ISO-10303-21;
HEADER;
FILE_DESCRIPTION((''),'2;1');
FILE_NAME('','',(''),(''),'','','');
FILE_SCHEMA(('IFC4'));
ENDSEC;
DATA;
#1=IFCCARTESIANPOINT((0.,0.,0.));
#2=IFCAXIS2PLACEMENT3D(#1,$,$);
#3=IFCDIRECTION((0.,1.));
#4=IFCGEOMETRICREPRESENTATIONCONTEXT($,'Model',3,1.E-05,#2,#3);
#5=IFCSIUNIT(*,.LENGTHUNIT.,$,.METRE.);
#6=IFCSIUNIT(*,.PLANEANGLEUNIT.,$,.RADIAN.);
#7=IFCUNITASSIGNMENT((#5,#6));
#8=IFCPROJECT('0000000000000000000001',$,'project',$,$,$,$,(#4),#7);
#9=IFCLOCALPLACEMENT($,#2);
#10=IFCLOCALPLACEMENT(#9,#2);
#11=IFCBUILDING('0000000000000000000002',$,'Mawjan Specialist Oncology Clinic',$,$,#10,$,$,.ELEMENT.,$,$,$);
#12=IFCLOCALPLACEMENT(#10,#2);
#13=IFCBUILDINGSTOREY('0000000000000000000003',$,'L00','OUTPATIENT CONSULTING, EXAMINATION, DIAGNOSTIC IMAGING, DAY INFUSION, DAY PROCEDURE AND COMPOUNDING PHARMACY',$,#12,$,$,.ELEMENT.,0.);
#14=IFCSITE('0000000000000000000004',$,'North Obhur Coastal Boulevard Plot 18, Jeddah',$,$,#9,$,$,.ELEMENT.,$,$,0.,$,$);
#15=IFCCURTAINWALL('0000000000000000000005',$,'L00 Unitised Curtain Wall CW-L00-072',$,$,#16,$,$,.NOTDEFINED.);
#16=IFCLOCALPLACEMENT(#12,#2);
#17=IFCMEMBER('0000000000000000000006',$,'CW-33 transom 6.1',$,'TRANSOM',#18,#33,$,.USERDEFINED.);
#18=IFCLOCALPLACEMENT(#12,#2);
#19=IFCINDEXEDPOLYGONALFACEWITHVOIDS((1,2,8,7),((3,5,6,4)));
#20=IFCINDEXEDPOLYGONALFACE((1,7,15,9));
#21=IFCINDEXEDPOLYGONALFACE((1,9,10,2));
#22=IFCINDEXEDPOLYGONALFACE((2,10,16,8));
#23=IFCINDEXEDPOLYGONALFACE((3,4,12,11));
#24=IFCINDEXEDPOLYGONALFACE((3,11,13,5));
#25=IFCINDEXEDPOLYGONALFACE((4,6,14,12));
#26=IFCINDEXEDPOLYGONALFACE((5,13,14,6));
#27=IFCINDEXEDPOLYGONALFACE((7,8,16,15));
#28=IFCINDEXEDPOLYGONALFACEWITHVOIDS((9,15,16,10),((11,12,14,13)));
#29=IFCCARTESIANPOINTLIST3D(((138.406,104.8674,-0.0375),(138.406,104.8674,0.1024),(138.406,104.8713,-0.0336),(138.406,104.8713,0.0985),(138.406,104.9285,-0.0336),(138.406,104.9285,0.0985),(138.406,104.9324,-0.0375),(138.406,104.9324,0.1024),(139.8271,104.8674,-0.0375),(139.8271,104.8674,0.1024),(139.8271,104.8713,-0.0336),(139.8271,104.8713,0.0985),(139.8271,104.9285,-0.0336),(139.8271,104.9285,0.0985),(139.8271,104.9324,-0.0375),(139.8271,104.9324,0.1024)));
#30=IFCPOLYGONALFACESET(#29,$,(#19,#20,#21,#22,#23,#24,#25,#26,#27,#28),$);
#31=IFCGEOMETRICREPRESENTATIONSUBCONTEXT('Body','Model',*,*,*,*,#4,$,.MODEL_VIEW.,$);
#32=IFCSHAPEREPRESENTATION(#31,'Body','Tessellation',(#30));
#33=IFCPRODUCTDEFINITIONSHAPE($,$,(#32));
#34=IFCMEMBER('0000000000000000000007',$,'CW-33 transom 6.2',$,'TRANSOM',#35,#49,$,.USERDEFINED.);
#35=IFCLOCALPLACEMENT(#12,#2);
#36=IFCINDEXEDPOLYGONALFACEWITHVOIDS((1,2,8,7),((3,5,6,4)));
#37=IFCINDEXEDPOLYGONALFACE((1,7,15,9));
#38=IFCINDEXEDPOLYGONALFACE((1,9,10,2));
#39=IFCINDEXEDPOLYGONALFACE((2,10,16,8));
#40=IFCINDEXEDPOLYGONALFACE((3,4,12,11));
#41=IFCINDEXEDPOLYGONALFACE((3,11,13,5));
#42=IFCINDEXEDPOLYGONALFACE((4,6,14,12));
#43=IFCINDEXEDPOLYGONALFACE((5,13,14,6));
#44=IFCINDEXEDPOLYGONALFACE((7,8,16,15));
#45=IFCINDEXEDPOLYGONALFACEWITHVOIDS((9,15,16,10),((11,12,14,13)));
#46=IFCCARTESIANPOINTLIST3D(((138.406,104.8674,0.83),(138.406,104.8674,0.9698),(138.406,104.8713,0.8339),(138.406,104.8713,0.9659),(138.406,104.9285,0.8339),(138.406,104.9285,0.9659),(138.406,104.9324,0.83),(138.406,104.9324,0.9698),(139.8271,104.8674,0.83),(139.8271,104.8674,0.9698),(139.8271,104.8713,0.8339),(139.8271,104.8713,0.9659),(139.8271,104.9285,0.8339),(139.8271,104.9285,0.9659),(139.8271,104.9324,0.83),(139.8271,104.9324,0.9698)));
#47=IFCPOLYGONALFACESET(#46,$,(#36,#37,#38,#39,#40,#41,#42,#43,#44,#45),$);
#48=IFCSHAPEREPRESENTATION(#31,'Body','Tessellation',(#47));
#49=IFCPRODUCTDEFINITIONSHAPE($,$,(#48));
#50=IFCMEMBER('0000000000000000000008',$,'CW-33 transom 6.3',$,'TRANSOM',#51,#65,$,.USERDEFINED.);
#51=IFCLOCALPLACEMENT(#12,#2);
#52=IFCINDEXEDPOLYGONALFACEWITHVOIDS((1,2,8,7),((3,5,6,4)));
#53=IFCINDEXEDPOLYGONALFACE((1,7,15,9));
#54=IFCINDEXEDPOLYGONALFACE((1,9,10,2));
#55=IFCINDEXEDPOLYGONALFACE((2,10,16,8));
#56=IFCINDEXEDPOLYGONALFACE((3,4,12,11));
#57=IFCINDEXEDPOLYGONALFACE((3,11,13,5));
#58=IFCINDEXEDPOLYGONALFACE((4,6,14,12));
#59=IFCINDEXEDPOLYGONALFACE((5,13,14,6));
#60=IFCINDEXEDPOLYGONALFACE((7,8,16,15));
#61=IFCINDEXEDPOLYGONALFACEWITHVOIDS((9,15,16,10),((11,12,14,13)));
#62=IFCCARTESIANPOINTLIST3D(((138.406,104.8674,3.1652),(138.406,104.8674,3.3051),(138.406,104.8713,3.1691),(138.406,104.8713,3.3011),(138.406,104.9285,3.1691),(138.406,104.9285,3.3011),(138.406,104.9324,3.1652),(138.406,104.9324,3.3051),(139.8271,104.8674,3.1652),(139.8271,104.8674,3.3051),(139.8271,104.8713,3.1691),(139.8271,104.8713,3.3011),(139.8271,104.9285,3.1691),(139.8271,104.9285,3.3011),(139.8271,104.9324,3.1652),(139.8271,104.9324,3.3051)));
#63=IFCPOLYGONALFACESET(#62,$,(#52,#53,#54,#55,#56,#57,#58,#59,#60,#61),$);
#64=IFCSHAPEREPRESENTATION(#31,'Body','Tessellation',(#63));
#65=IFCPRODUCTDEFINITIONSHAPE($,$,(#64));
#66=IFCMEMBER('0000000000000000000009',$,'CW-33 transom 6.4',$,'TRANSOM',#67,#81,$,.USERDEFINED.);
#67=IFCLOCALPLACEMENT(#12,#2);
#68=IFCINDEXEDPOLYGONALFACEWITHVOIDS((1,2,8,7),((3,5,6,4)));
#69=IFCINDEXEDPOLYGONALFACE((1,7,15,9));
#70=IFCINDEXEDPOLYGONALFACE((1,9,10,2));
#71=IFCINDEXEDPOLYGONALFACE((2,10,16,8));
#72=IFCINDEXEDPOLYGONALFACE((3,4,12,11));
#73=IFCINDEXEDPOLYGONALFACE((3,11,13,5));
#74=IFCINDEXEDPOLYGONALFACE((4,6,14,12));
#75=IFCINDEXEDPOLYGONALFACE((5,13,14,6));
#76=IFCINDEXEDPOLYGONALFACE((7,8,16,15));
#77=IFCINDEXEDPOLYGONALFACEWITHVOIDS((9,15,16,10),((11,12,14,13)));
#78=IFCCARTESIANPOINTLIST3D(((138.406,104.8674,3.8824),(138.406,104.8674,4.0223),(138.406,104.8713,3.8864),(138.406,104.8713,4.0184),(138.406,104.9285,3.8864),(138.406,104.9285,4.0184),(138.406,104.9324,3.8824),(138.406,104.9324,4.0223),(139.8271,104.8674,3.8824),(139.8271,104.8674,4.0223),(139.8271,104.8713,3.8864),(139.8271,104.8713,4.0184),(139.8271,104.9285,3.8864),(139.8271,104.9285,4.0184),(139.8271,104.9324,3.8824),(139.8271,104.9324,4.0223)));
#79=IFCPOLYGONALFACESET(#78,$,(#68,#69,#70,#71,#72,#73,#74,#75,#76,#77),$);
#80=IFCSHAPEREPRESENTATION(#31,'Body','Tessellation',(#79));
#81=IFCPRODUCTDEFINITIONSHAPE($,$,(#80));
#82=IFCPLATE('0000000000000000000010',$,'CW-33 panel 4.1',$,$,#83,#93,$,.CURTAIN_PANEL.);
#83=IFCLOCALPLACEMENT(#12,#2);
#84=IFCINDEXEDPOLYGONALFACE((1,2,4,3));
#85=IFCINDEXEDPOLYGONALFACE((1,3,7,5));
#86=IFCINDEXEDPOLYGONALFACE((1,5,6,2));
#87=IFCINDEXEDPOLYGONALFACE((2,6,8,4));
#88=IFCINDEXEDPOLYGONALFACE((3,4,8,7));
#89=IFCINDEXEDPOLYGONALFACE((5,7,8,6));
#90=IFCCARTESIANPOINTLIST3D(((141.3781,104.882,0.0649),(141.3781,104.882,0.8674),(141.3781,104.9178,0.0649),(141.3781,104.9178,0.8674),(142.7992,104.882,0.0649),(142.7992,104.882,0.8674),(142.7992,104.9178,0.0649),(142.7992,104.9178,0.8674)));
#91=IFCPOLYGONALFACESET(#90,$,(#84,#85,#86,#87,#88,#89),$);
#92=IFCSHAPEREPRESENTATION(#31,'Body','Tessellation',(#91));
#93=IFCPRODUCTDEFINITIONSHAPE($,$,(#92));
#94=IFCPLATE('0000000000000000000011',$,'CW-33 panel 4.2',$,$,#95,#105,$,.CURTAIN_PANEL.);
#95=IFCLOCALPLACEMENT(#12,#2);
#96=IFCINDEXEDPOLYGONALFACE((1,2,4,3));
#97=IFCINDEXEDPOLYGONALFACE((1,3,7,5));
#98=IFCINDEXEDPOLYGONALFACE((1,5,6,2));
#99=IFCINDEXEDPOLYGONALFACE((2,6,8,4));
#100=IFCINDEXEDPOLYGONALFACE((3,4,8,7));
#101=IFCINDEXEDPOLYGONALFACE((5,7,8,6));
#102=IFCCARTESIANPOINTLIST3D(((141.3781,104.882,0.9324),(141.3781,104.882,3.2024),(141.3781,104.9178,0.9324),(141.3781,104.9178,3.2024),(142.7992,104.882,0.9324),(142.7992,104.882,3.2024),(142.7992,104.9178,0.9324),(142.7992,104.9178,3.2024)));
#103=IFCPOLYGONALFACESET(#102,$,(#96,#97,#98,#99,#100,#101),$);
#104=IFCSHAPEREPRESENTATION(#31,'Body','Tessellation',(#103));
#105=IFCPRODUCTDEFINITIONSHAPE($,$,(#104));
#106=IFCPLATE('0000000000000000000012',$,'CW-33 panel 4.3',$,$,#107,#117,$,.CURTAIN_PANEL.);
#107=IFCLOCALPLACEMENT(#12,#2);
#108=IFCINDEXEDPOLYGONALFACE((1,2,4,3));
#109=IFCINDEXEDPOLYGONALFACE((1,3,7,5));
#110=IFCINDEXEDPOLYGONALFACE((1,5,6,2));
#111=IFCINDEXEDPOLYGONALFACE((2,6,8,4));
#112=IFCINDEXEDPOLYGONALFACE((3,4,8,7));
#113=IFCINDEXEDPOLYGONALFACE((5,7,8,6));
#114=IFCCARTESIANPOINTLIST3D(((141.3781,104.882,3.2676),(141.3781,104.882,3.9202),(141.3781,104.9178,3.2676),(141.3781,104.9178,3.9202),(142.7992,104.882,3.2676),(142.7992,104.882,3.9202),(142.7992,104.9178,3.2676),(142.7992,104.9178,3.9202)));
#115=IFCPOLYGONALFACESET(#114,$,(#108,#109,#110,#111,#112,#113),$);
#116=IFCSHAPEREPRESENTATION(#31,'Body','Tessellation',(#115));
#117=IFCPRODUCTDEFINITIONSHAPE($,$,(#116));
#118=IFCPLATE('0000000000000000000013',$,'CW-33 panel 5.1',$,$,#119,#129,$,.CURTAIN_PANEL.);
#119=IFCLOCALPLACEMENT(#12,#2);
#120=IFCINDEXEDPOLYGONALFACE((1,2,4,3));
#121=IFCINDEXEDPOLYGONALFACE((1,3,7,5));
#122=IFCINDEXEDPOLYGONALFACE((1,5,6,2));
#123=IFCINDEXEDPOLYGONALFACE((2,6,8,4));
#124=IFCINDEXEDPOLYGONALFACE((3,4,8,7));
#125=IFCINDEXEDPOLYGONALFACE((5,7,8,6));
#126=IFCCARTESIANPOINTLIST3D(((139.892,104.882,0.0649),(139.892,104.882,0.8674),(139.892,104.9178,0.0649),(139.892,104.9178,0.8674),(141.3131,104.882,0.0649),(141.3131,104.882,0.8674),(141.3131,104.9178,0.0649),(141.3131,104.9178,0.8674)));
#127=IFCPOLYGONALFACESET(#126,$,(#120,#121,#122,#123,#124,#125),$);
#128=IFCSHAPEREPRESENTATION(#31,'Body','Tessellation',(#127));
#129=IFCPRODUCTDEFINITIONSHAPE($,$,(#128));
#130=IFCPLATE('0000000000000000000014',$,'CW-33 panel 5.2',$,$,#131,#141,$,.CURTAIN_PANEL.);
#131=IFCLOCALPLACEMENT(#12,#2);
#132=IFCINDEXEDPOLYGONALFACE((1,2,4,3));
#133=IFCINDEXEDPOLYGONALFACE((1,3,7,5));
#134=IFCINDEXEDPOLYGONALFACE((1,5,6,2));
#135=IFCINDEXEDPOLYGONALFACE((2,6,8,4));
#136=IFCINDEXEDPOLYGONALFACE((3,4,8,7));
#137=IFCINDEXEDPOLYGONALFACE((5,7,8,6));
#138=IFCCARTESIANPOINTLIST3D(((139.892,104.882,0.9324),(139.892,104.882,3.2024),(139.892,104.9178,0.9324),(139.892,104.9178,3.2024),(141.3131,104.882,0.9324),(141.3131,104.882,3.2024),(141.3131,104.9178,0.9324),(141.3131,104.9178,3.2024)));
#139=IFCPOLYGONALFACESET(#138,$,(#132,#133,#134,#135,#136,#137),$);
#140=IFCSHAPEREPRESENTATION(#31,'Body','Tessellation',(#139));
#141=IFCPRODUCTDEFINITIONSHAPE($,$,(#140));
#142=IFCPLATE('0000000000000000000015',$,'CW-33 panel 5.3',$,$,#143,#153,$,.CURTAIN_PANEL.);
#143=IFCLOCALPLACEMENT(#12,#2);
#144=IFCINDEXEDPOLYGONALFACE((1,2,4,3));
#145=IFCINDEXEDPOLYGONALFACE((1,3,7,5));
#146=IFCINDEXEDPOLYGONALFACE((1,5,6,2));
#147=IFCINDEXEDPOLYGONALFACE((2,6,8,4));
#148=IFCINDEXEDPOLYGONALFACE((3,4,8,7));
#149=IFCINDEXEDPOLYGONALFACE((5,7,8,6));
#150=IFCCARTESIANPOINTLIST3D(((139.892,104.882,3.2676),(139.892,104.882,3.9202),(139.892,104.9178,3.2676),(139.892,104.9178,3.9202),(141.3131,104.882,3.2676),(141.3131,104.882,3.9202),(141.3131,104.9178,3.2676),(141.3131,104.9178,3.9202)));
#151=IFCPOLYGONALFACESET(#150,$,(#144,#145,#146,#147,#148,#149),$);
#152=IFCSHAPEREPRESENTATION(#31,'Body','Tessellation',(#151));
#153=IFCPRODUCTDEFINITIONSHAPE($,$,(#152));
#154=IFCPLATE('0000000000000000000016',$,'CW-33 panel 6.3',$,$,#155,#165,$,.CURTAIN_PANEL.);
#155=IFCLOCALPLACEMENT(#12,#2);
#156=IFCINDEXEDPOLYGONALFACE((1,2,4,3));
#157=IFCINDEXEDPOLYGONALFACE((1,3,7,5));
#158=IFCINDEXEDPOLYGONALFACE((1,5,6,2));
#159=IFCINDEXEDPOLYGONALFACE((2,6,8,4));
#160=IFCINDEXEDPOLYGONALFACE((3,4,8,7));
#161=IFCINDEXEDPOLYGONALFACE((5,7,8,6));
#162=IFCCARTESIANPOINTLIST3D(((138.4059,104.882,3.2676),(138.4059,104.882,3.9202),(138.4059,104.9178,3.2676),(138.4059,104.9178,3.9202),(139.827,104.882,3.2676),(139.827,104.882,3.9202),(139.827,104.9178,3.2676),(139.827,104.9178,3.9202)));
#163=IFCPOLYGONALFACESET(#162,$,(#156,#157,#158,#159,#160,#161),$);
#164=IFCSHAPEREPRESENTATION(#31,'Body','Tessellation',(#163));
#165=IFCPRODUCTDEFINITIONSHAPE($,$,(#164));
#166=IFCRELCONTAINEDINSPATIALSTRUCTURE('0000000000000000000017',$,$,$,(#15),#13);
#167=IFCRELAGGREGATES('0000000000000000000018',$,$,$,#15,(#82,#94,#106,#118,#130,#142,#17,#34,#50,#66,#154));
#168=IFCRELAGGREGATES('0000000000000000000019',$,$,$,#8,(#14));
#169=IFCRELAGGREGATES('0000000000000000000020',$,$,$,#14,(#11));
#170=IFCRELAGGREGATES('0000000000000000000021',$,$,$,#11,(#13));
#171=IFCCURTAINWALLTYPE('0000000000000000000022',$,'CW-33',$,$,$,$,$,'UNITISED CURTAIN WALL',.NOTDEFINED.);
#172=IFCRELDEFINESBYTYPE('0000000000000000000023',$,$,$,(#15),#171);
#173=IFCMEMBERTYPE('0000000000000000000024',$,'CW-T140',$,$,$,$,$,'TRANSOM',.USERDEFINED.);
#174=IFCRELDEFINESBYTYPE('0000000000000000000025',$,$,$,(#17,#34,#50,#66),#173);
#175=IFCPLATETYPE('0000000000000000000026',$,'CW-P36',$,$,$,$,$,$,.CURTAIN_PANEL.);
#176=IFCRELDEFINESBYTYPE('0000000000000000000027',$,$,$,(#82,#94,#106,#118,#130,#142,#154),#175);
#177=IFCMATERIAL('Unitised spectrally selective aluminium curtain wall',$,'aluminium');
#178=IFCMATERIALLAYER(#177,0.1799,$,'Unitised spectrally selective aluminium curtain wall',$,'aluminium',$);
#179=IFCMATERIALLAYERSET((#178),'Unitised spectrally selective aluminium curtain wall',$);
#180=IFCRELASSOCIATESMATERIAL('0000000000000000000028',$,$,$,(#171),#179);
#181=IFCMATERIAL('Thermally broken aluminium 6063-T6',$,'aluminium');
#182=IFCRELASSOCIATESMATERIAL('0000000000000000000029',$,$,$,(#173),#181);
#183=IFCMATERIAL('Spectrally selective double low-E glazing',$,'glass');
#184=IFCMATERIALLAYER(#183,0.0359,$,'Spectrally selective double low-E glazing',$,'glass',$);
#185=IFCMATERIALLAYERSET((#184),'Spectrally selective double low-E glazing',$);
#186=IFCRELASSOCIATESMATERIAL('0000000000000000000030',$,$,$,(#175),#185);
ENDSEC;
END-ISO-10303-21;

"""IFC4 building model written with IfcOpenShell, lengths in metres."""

from ifc_helpers import new_model, si_unit, direction, frame, origin, origin_2d, place, context, subcontext, project, spatial, rectangle, hollow_rectangle, extrude, material, layer, layer_set, material_profile, profile_set, type_object, element, aggregate, save


model = new_model("IFC4")

# Units and contexts
model_context = context("Model", 3, precision=1e-05, world=origin(), true_north=direction((0.0, 1.0)))
body_context = subcontext(model_context, "Body", "Model", "MODEL_VIEW")
ifc_project = project(units=[si_unit("LENGTHUNIT", "METRE"), si_unit("PLANEANGLEUNIT", "RADIAN")], contexts=[model_context])

# Site, building, storey
site_placement = place(None, origin())
site = spatial("IfcSite", under=ifc_project, at=site_placement, Name="North Obhur Coastal Boulevard Plot 18, Jeddah", CompositionType="ELEMENT", RefElevation=0.0)
building_placement = place(site_placement, origin())
building = spatial("IfcBuilding", under=site, at=building_placement, Name="Mawjan Specialist Oncology Clinic", CompositionType="ELEMENT")
storey_placement = place(building_placement, origin())
storey = spatial("IfcBuildingStorey", under=building, at=storey_placement, Name="L00", Description="OUTPATIENT CONSULTING, EXAMINATION, DIAGNOSTIC IMAGING, DAY INFUSION, DAY PROCEDURE AND COMPOUNDING PHARMACY", CompositionType="ELEMENT", Elevation=0.0)

# Curtain wall, members, plates
ifc_material_1 = material(Name="Unitised spectrally selective aluminium curtain wall", Category="aluminium")
ifc_layer_1 = layer(ifc_material_1, 0.1799, Name="Unitised spectrally selective aluminium curtain wall", Category="aluminium")
ifc_layer_set_1 = layer_set([ifc_layer_1], Name="Unitised spectrally selective aluminium curtain wall")
curtain_wall_type = type_object("IfcCurtainWallType", Name="CW-33", ElementType="UNITISED CURTAIN WALL", PredefinedType="NOTDEFINED", material=ifc_layer_set_1)
curtain_wall_placement = place(storey_placement, origin())
curtain_wall = element("IfcCurtainWall", 1, at=curtain_wall_placement, inside=storey, type_object=curtain_wall_type, Name="L00 Unitised Curtain Wall CW-L00-072", PredefinedType="NOTDEFINED")
ifc_material_2 = material(Name="Thermally broken aluminium 6063-T6", Category="aluminium")
ifc_material_profile_1 = material_profile(ifc_material_2, hollow_rectangle(XDim=0.0649, YDim=0.1399, WallThickness=0.0039, at=origin_2d()), Name="ALU TRANSOM 140x65x4", Category="aluminium")
ifc_profile_set_1 = profile_set([ifc_material_profile_1], Name="Thermally broken aluminium 6063-T6")
member_type_1 = type_object("IfcMemberType", Name="CW-T140", ElementType="TRANSOM", PredefinedType="USERDEFINED", material=ifc_profile_set_1)
member_1_placement = place(storey_placement, frame((139.8271, 104.8999, 0.0325), z_axis=(-1.0, 0.0, 0.0), x_axis=(0.0, -1.0, 0.0)))
member_1 = element("IfcMember", 2, at=member_1_placement, type_object=member_type_1, Name="CW-33 transom 6.1", ObjectType="TRANSOM", PredefinedType="USERDEFINED", context=body_context, shape_type="SweptSolid", body=[
    extrude(hollow_rectangle(XDim=0.0649, YDim=0.1399, WallThickness=0.0039, at=origin_2d()), origin(), (0.0, 0.0, 1.0), 1.4211),
])
member_2_placement = place(storey_placement, frame((139.8271, 104.8999, 0.8999), z_axis=(-1.0, 0.0, 0.0), x_axis=(0.0, -1.0, 0.0)))
member_2 = element("IfcMember", 3, at=member_2_placement, type_object=member_type_1, Name="CW-33 transom 6.2", ObjectType="TRANSOM", PredefinedType="USERDEFINED", context=body_context, shape_type="SweptSolid", body=[
    extrude(hollow_rectangle(XDim=0.0649, YDim=0.1399, WallThickness=0.0039, at=origin_2d()), origin(), (0.0, 0.0, 1.0), 1.4211),
])
member_3_placement = place(storey_placement, frame((139.8271, 104.8999, 3.2351), z_axis=(-1.0, 0.0, 0.0), x_axis=(0.0, -1.0, 0.0)))
member_3 = element("IfcMember", 4, at=member_3_placement, type_object=member_type_1, Name="CW-33 transom 6.3", ObjectType="TRANSOM", PredefinedType="USERDEFINED", context=body_context, shape_type="SweptSolid", body=[
    extrude(hollow_rectangle(XDim=0.0649, YDim=0.1399, WallThickness=0.0039, at=origin_2d()), origin(), (0.0, 0.0, 1.0), 1.4211),
])
member_4_placement = place(storey_placement, frame((139.8271, 104.8999, 3.9524), z_axis=(-1.0, 0.0, 0.0), x_axis=(0.0, -1.0, 0.0)))
member_4 = element("IfcMember", 5, at=member_4_placement, type_object=member_type_1, Name="CW-33 transom 6.4", ObjectType="TRANSOM", PredefinedType="USERDEFINED", context=body_context, shape_type="SweptSolid", body=[
    extrude(hollow_rectangle(XDim=0.0649, YDim=0.1399, WallThickness=0.0039, at=origin_2d()), origin(), (0.0, 0.0, 1.0), 1.4211),
])
ifc_material_3 = material(Name="Spectrally selective double low-E glazing", Category="glass")
ifc_layer_2 = layer(ifc_material_3, 0.0359, Name="Spectrally selective double low-E glazing", Category="glass")
ifc_layer_set_2 = layer_set([ifc_layer_2], Name="Spectrally selective double low-E glazing")
plate_type = type_object("IfcPlateType", Name="CW-P36", PredefinedType="CURTAIN_PANEL", material=ifc_layer_set_2)
plate_1_placement = place(storey_placement, frame((142.0886, 104.8999, 0.0649), z_axis=(0.0, 0.0, 1.0), x_axis=(-1.0, 0.0, 0.0)))
plate_1 = element("IfcPlate", 6, at=plate_1_placement, type_object=plate_type, Name="CW-33 panel 4.1", PredefinedType="CURTAIN_PANEL", context=body_context, shape_type="SweptSolid", body=[
    extrude(rectangle(XDim=1.4211, YDim=0.0359, at=origin_2d()), origin(), (0.0, 0.0, 1.0), 0.8025),
])
plate_2_placement = place(storey_placement, frame((142.0886, 104.8999, 0.9324), z_axis=(0.0, 0.0, 1.0), x_axis=(-1.0, 0.0, 0.0)))
plate_2 = element("IfcPlate", 7, at=plate_2_placement, type_object=plate_type, Name="CW-33 panel 4.2", PredefinedType="CURTAIN_PANEL", context=body_context, shape_type="SweptSolid", body=[
    extrude(rectangle(XDim=1.4211, YDim=0.0359, at=origin_2d()), origin(), (0.0, 0.0, 1.0), 2.27),
])
plate_3_placement = place(storey_placement, frame((142.0886, 104.8999, 3.2676), z_axis=(0.0, 0.0, 1.0), x_axis=(-1.0, 0.0, 0.0)))
plate_3 = element("IfcPlate", 8, at=plate_3_placement, type_object=plate_type, Name="CW-33 panel 4.3", PredefinedType="CURTAIN_PANEL", context=body_context, shape_type="SweptSolid", body=[
    extrude(rectangle(XDim=1.4211, YDim=0.0359, at=origin_2d()), origin(), (0.0, 0.0, 1.0), 0.6526),
])
plate_4_placement = place(storey_placement, frame((140.6025, 104.8999, 0.0649), z_axis=(0.0, 0.0, 1.0), x_axis=(-1.0, 0.0, 0.0)))
plate_4 = element("IfcPlate", 9, at=plate_4_placement, type_object=plate_type, Name="CW-33 panel 5.1", PredefinedType="CURTAIN_PANEL", context=body_context, shape_type="SweptSolid", body=[
    extrude(rectangle(XDim=1.4211, YDim=0.0359, at=origin_2d()), origin(), (0.0, 0.0, 1.0), 0.8025),
])
plate_5_placement = place(storey_placement, frame((140.6025, 104.8999, 0.9324), z_axis=(0.0, 0.0, 1.0), x_axis=(-1.0, 0.0, 0.0)))
plate_5 = element("IfcPlate", 10, at=plate_5_placement, type_object=plate_type, Name="CW-33 panel 5.2", PredefinedType="CURTAIN_PANEL", context=body_context, shape_type="SweptSolid", body=[
    extrude(rectangle(XDim=1.4211, YDim=0.0359, at=origin_2d()), origin(), (0.0, 0.0, 1.0), 2.27),
])
plate_6_placement = place(storey_placement, frame((140.6025, 104.8999, 3.2676), z_axis=(0.0, 0.0, 1.0), x_axis=(-1.0, 0.0, 0.0)))
plate_6 = element("IfcPlate", 11, at=plate_6_placement, type_object=plate_type, Name="CW-33 panel 5.3", PredefinedType="CURTAIN_PANEL", context=body_context, shape_type="SweptSolid", body=[
    extrude(rectangle(XDim=1.4211, YDim=0.0359, at=origin_2d()), origin(), (0.0, 0.0, 1.0), 0.6526),
])
plate_7_placement = place(storey_placement, frame((139.1165, 104.8999, 3.2676), z_axis=(0.0, 0.0, 1.0), x_axis=(-1.0, 0.0, 0.0)))
plate_7 = element("IfcPlate", 12, at=plate_7_placement, type_object=plate_type, Name="CW-33 panel 6.3", PredefinedType="CURTAIN_PANEL", context=body_context, shape_type="SweptSolid", body=[
    extrude(rectangle(XDim=1.4211, YDim=0.0359, at=origin_2d()), origin(), (0.0, 0.0, 1.0), 0.6526),
])
aggregate(curtain_wall, [plate_1, plate_2, plate_3, plate_4, plate_5, plate_6, member_1, member_2, member_3, member_4, plate_7])

save(model, "model.ifc")
